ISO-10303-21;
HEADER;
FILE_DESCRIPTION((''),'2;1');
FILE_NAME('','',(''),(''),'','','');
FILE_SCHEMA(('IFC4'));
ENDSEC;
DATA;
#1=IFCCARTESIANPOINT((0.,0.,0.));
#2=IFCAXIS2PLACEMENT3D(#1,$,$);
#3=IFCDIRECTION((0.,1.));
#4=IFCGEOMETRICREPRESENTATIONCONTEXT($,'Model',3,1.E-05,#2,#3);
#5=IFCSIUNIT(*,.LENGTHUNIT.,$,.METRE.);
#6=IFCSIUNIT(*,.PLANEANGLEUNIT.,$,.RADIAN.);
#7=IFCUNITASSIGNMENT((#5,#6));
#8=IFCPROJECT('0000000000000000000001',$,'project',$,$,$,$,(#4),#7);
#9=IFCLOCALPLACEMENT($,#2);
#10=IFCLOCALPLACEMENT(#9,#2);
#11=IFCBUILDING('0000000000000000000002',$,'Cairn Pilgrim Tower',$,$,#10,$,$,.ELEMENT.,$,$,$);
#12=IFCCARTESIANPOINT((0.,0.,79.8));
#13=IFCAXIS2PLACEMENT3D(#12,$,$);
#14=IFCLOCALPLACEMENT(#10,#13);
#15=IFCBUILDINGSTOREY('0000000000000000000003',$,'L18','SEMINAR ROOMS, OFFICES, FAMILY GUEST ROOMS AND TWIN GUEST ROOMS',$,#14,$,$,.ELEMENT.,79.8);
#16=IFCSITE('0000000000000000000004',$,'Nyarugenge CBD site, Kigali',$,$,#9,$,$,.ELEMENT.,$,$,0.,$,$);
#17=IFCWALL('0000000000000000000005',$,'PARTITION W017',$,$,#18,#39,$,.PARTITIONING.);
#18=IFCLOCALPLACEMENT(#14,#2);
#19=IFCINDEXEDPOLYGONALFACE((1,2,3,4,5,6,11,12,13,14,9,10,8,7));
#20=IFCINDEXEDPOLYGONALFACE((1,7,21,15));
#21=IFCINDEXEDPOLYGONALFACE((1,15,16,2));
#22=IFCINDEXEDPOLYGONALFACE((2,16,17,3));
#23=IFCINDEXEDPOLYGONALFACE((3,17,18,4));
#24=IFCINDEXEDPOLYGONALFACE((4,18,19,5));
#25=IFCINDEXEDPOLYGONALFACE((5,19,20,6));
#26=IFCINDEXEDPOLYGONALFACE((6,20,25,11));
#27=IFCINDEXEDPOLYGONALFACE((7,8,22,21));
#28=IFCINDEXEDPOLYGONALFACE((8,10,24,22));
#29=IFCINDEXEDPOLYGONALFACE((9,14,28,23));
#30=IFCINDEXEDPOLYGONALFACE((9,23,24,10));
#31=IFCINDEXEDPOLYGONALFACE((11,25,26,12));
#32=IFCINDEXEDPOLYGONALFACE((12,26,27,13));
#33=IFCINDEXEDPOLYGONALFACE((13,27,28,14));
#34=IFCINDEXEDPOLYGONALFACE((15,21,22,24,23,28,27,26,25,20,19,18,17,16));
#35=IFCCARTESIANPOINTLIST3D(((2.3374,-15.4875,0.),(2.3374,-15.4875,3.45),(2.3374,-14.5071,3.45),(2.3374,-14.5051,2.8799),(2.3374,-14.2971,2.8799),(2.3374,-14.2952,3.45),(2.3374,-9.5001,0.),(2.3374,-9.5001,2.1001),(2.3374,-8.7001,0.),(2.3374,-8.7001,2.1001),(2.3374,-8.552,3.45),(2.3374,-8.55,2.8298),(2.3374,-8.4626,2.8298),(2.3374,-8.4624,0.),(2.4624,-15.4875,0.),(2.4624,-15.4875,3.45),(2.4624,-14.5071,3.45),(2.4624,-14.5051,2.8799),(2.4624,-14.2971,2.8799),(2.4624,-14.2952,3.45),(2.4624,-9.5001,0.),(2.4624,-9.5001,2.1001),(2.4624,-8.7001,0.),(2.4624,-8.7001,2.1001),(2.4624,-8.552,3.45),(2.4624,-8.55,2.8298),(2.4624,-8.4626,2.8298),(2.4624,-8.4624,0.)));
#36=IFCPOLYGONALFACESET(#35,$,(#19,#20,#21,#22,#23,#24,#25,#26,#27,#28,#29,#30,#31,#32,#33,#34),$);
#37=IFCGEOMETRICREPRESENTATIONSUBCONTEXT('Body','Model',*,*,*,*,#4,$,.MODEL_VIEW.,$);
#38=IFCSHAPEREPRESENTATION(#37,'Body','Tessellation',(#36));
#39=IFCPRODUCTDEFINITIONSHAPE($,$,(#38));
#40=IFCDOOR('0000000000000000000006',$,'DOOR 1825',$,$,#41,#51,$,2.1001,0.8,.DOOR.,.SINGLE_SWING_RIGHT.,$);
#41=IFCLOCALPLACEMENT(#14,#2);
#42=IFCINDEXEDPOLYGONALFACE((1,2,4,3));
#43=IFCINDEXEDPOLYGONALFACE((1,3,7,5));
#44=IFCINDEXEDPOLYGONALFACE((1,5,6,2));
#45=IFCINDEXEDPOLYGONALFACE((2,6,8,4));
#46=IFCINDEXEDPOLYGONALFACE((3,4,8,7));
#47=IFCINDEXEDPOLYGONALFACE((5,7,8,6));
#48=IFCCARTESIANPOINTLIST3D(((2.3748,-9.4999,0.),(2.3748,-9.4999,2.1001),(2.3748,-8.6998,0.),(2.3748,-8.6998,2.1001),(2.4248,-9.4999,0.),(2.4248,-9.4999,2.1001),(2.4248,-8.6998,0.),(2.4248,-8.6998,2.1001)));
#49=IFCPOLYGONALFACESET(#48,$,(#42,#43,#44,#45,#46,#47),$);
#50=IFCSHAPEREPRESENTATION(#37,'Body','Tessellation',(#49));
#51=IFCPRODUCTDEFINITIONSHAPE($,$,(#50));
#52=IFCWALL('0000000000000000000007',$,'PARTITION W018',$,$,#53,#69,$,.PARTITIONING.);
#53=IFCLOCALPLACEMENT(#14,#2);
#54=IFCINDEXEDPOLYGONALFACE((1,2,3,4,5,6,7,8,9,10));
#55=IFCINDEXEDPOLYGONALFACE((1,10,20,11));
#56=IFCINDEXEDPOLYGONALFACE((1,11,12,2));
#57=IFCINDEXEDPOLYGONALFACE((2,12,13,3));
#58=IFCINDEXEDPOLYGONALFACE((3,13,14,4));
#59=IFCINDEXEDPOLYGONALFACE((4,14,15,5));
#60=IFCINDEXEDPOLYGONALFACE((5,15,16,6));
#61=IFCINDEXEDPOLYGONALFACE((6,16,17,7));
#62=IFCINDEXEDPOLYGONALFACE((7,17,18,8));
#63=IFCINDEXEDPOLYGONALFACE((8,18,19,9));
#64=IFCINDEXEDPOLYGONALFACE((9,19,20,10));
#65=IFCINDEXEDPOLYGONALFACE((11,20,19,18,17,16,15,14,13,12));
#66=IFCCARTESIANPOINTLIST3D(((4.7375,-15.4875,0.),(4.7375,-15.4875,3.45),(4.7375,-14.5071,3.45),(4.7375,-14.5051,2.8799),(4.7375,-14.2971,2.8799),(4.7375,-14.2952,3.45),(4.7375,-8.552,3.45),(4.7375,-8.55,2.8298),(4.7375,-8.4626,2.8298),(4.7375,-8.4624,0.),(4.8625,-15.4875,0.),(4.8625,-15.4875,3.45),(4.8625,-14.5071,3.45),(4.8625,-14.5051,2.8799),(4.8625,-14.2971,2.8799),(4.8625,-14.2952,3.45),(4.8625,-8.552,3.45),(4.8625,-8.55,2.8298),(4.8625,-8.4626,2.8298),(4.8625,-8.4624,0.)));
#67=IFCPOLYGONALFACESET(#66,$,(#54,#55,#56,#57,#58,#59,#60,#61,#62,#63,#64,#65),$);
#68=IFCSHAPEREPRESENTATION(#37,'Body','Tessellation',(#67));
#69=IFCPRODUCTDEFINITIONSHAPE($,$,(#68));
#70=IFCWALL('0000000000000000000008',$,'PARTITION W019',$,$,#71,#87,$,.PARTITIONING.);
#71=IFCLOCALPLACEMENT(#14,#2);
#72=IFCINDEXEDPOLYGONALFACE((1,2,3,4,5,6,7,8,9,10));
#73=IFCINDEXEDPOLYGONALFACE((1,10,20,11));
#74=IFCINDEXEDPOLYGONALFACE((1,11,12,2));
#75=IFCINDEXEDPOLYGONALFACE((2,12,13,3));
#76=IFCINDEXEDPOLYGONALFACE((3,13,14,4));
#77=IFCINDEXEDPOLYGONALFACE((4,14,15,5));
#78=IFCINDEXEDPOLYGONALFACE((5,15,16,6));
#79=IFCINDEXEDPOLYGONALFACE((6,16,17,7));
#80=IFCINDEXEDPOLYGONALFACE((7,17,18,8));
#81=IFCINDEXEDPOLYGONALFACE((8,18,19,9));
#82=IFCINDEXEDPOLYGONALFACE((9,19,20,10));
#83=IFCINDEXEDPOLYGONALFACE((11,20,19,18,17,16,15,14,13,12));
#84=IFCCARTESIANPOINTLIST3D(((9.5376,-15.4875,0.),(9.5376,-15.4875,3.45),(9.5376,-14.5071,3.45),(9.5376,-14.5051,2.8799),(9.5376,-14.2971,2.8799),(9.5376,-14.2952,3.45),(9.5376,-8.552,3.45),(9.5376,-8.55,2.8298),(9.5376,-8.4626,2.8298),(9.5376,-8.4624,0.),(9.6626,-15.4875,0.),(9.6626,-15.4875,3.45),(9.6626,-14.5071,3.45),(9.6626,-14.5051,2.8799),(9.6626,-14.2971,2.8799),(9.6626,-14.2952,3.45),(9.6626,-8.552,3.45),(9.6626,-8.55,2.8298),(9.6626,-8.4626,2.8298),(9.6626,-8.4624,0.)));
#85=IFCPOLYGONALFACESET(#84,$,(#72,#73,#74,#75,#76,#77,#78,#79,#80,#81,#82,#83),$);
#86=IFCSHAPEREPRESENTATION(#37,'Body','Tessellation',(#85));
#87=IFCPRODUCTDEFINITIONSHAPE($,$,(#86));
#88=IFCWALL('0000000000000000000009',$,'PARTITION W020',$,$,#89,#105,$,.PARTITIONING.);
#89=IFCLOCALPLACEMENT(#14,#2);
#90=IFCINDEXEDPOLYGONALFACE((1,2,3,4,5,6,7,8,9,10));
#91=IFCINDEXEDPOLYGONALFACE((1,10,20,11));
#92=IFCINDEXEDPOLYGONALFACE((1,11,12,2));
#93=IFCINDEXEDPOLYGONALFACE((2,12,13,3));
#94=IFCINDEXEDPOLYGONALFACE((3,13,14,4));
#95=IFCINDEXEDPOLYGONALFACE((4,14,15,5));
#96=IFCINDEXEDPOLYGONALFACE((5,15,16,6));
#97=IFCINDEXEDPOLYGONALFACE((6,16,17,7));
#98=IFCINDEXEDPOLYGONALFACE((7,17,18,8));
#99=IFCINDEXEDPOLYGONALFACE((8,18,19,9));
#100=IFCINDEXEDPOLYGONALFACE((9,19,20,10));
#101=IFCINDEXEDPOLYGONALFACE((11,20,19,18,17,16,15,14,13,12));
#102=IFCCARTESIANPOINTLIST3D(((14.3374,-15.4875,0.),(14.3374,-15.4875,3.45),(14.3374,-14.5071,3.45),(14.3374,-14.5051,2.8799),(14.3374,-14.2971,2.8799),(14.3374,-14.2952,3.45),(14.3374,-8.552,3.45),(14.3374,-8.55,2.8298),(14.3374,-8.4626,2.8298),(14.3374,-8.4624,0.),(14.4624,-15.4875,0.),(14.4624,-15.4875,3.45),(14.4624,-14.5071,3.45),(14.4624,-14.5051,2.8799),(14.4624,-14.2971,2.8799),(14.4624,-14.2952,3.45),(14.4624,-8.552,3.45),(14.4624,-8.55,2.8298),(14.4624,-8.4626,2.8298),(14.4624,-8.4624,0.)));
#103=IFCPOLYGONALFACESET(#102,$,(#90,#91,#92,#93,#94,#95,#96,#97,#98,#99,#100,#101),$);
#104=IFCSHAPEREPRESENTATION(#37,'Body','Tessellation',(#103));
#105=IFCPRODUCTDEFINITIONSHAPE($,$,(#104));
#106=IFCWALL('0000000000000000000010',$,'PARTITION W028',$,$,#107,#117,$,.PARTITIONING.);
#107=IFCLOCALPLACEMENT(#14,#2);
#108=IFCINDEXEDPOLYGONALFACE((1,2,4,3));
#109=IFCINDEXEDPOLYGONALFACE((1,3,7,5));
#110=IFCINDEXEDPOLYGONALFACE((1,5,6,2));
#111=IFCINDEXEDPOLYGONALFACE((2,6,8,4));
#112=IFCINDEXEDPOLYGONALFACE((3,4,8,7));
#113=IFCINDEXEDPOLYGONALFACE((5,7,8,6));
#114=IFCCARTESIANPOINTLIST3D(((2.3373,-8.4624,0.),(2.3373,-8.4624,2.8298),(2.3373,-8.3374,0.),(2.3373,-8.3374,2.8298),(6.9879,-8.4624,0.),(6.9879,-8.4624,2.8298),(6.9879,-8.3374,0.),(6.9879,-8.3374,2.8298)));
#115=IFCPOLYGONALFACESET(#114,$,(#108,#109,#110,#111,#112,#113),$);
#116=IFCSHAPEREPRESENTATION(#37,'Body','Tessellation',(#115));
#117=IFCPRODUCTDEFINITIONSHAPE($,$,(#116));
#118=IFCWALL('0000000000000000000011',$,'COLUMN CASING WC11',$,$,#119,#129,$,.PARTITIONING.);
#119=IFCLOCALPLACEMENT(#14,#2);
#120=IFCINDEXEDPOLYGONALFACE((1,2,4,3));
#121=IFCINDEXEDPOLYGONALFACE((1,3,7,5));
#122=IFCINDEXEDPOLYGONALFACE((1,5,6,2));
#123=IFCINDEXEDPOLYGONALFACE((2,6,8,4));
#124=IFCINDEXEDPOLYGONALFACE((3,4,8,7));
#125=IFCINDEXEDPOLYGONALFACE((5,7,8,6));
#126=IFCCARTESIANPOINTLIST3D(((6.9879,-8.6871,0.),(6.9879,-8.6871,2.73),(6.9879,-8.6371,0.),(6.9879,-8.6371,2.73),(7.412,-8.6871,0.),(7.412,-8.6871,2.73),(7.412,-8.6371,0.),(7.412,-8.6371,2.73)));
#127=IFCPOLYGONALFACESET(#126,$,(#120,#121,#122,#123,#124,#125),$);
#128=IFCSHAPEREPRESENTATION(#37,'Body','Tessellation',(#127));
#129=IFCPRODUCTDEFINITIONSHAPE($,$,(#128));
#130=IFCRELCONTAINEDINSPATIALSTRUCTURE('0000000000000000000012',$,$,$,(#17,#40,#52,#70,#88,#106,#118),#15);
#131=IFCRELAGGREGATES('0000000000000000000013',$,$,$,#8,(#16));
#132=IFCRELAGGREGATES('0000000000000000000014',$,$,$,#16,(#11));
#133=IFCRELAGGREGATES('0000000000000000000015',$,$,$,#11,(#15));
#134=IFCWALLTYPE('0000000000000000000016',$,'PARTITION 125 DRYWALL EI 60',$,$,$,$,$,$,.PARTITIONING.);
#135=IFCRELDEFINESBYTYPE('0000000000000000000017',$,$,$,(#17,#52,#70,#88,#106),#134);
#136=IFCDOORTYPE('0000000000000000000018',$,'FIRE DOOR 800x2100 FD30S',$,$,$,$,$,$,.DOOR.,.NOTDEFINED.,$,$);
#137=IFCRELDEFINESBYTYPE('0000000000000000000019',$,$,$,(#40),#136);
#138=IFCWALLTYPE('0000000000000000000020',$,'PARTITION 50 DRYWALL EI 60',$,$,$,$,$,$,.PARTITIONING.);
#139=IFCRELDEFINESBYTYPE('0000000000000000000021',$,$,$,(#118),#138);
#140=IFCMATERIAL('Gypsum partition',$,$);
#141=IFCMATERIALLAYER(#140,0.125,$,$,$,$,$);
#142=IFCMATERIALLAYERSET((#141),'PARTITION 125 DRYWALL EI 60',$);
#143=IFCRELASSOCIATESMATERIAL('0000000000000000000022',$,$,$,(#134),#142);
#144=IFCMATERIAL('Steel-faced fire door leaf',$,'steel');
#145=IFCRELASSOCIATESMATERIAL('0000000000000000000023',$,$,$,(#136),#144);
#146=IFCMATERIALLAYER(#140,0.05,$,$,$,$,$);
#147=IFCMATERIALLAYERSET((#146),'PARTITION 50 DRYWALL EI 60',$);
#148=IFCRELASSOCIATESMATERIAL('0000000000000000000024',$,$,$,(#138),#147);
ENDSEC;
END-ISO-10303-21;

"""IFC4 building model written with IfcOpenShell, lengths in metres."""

from ifc_helpers import new_model, si_unit, direction, frame, frame_2d, origin, place, context, subcontext, project, spatial, polyline, rectangle, outline, extrude, material, layer, layer_set, type_object, element, fill, save


model = new_model("IFC4")

# Units and contexts
model_context = context("Model", 3, precision=1e-05, world=origin(), true_north=direction((0.0, 1.0)))
body_context = subcontext(model_context, "Body", "Model", "MODEL_VIEW")
ifc_project = project(units=[si_unit("LENGTHUNIT", "METRE"), si_unit("PLANEANGLEUNIT", "RADIAN")], contexts=[model_context])

# Site, building, storey
site_placement = place(None, origin())
site = spatial("IfcSite", under=ifc_project, at=site_placement, Name="Nyarugenge CBD site, Kigali", CompositionType="ELEMENT", RefElevation=0.0)
building_placement = place(site_placement, origin())
building = spatial("IfcBuilding", under=site, at=building_placement, Name="Cairn Pilgrim Tower", CompositionType="ELEMENT")
storey_placement = place(building_placement, frame((0.0, 0.0, 79.8)))
storey = spatial("IfcBuildingStorey", under=building, at=storey_placement, Name="L18", Description="SEMINAR ROOMS, OFFICES, FAMILY GUEST ROOMS AND TWIN GUEST ROOMS", CompositionType="ELEMENT", Elevation=79.8)

# Shared definitions
ifc_material_1 = material(Name="Gypsum partition")
ifc_layer_1 = layer(ifc_material_1, 0.125)
ifc_layer_set_1 = layer_set([ifc_layer_1], Name="PARTITION 125 DRYWALL EI 60")
wall_type_1 = type_object("IfcWallType", Name="PARTITION 125 DRYWALL EI 60", PredefinedType="PARTITIONING", material=ifc_layer_set_1)

# Wall, opening, door
ifc_material_2 = material(Name="Steel-faced fire door leaf", Category="steel")
door_type_1 = type_object("IfcDoorType", Name="FIRE DOOR 800x2100 FD30S", OperationType="NOTDEFINED", PredefinedType="DOOR", material=ifc_material_2)
wall_1_placement = place(storey_placement, frame((2.3999, -15.4875, 0.0), z_axis=(0.0, 0.0, 1.0), x_axis=(0.0, 1.0, 0.0)))
wall_1 = element("IfcWall", 1, at=wall_1_placement, inside=storey, type_object=wall_type_1, Name="PARTITION W017", PredefinedType="PARTITIONING", context=body_context, shape_type="SweptSolid", body=[
    extrude(outline(polyline([(0.0, 0.0), (7.0251, 0.0), (7.0249, 2.8298), (6.9375, 2.8298), (6.9355, 3.45), (1.1924, 3.45), (1.1904, 2.8799), (0.9824, 2.8799), (0.9805, 3.45), (0.0, 3.45), (0.0, 0.0)])), frame((0.0, 0.0625, 0.0), z_axis=(0.0, -1.0, 0.0), x_axis=(1.0, 0.0, 0.0)), (0.0, 0.0, 1.0), 0.125),
])
opening_1_placement = place(wall_1_placement, frame((5.9875, 0.0, 0.0)))
opening_1 = element("IfcOpeningElement", 2, at=opening_1_placement, cuts=wall_1, PredefinedType="OPENING", context=body_context, shape_type="SweptSolid", body=[
    extrude(rectangle(XDim=0.8, YDim=2.1001, at=frame_2d((0.3999, 1.05))), frame((0.0, 0.0725, 0.0), z_axis=(0.0, -1.0, 0.0), x_axis=(1.0, 0.0, 0.0)), (0.0, 0.0, 1.0), 0.145),
])
door_1_placement = place(opening_1_placement, frame((0.8, 0.0, 0.0), z_axis=(0.0, 0.0, 1.0), x_axis=(-1.0, 0.0, 0.0)))
door_1 = element("IfcDoor", 3, at=door_1_placement, inside=storey, type_object=door_type_1, Name="DOOR 1825", OperationType="SINGLE_SWING_RIGHT", OverallHeight=2.1001, OverallWidth=0.8, PredefinedType="DOOR", context=body_context, shape_type="SweptSolid", body=[
    extrude(rectangle(XDim=0.8, YDim=2.1001, at=frame_2d((0.3999, 1.05))), frame((0.0, 0.0249, 0.0), z_axis=(0.0, -1.0, 0.0), x_axis=(1.0, 0.0, 0.0)), (0.0, 0.0, 1.0), 0.05),
])
fill(opening_1, door_1)

# Walls
for number, where, z_axis, x_axis, name in (
    (4, (4.8, -15.4875, 0.0), (0.0, 0.0, 1.0), (0.0, 1.0, 0.0), "PARTITION W018"),
    (5, (9.6001, -15.4875, 0.0), (0.0, 0.0, 1.0), (0.0, 1.0, 0.0), "PARTITION W019"),
    (6, (14.3999, -15.4875, 0.0), (0.0, 0.0, 1.0), (0.0, 1.0, 0.0), "PARTITION W020"),
):
    element("IfcWall", number, at=place(storey_placement, frame(where, z_axis=z_axis, x_axis=x_axis)), inside=storey, type_object=wall_type_1, Name=name, PredefinedType="PARTITIONING", context=body_context, shape_type="SweptSolid", body=[
        extrude(outline(polyline([(0.0, 0.0), (7.0251, 0.0), (7.0249, 2.8298), (6.9375, 2.8298), (6.9355, 3.45), (1.1924, 3.45), (1.1904, 2.8799), (0.9824, 2.8799), (0.9805, 3.45), (0.0, 3.45), (0.0, 0.0)])), frame((0.0, 0.0625, 0.0), z_axis=(0.0, -1.0, 0.0), x_axis=(1.0, 0.0, 0.0)), (0.0, 0.0, 1.0), 0.125),
    ])
wall_2_placement = place(storey_placement, frame((2.3374, -8.3999, 0.0), z_axis=(0.0, 0.0, 1.0), x_axis=(1.0, 0.0, 0.0)))
element("IfcWall", 7, at=wall_2_placement, inside=storey, type_object=wall_type_1, Name="PARTITION W028", PredefinedType="PARTITIONING", context=body_context, shape_type="SweptSolid", body=[
    extrude(rectangle(XDim=4.6506, YDim=0.125, at=frame_2d((2.3252, 0.0))), origin(), (0.0, 0.0, 1.0), 2.8298),
])
ifc_layer_2 = layer(ifc_material_1, 0.05)
ifc_layer_set_2 = layer_set([ifc_layer_2], Name="PARTITION 50 DRYWALL EI 60")
wall_type_2 = type_object("IfcWallType", Name="PARTITION 50 DRYWALL EI 60", PredefinedType="PARTITIONING", material=ifc_layer_set_2)
wall_3_placement = place(storey_placement, frame((6.988, -8.6621, 0.0), z_axis=(0.0, 0.0, 1.0), x_axis=(1.0, 0.0, 0.0)))
element("IfcWall", 8, at=wall_3_placement, inside=storey, type_object=wall_type_2, Name="COLUMN CASING WC11", PredefinedType="PARTITIONING", context=body_context, shape_type="SweptSolid", body=[
    extrude(rectangle(XDim=0.4241, YDim=0.05, at=frame_2d((0.2119, 0.0))), origin(), (0.0, 0.0, 1.0), 2.73),
])

save(model, "model.ifc")
